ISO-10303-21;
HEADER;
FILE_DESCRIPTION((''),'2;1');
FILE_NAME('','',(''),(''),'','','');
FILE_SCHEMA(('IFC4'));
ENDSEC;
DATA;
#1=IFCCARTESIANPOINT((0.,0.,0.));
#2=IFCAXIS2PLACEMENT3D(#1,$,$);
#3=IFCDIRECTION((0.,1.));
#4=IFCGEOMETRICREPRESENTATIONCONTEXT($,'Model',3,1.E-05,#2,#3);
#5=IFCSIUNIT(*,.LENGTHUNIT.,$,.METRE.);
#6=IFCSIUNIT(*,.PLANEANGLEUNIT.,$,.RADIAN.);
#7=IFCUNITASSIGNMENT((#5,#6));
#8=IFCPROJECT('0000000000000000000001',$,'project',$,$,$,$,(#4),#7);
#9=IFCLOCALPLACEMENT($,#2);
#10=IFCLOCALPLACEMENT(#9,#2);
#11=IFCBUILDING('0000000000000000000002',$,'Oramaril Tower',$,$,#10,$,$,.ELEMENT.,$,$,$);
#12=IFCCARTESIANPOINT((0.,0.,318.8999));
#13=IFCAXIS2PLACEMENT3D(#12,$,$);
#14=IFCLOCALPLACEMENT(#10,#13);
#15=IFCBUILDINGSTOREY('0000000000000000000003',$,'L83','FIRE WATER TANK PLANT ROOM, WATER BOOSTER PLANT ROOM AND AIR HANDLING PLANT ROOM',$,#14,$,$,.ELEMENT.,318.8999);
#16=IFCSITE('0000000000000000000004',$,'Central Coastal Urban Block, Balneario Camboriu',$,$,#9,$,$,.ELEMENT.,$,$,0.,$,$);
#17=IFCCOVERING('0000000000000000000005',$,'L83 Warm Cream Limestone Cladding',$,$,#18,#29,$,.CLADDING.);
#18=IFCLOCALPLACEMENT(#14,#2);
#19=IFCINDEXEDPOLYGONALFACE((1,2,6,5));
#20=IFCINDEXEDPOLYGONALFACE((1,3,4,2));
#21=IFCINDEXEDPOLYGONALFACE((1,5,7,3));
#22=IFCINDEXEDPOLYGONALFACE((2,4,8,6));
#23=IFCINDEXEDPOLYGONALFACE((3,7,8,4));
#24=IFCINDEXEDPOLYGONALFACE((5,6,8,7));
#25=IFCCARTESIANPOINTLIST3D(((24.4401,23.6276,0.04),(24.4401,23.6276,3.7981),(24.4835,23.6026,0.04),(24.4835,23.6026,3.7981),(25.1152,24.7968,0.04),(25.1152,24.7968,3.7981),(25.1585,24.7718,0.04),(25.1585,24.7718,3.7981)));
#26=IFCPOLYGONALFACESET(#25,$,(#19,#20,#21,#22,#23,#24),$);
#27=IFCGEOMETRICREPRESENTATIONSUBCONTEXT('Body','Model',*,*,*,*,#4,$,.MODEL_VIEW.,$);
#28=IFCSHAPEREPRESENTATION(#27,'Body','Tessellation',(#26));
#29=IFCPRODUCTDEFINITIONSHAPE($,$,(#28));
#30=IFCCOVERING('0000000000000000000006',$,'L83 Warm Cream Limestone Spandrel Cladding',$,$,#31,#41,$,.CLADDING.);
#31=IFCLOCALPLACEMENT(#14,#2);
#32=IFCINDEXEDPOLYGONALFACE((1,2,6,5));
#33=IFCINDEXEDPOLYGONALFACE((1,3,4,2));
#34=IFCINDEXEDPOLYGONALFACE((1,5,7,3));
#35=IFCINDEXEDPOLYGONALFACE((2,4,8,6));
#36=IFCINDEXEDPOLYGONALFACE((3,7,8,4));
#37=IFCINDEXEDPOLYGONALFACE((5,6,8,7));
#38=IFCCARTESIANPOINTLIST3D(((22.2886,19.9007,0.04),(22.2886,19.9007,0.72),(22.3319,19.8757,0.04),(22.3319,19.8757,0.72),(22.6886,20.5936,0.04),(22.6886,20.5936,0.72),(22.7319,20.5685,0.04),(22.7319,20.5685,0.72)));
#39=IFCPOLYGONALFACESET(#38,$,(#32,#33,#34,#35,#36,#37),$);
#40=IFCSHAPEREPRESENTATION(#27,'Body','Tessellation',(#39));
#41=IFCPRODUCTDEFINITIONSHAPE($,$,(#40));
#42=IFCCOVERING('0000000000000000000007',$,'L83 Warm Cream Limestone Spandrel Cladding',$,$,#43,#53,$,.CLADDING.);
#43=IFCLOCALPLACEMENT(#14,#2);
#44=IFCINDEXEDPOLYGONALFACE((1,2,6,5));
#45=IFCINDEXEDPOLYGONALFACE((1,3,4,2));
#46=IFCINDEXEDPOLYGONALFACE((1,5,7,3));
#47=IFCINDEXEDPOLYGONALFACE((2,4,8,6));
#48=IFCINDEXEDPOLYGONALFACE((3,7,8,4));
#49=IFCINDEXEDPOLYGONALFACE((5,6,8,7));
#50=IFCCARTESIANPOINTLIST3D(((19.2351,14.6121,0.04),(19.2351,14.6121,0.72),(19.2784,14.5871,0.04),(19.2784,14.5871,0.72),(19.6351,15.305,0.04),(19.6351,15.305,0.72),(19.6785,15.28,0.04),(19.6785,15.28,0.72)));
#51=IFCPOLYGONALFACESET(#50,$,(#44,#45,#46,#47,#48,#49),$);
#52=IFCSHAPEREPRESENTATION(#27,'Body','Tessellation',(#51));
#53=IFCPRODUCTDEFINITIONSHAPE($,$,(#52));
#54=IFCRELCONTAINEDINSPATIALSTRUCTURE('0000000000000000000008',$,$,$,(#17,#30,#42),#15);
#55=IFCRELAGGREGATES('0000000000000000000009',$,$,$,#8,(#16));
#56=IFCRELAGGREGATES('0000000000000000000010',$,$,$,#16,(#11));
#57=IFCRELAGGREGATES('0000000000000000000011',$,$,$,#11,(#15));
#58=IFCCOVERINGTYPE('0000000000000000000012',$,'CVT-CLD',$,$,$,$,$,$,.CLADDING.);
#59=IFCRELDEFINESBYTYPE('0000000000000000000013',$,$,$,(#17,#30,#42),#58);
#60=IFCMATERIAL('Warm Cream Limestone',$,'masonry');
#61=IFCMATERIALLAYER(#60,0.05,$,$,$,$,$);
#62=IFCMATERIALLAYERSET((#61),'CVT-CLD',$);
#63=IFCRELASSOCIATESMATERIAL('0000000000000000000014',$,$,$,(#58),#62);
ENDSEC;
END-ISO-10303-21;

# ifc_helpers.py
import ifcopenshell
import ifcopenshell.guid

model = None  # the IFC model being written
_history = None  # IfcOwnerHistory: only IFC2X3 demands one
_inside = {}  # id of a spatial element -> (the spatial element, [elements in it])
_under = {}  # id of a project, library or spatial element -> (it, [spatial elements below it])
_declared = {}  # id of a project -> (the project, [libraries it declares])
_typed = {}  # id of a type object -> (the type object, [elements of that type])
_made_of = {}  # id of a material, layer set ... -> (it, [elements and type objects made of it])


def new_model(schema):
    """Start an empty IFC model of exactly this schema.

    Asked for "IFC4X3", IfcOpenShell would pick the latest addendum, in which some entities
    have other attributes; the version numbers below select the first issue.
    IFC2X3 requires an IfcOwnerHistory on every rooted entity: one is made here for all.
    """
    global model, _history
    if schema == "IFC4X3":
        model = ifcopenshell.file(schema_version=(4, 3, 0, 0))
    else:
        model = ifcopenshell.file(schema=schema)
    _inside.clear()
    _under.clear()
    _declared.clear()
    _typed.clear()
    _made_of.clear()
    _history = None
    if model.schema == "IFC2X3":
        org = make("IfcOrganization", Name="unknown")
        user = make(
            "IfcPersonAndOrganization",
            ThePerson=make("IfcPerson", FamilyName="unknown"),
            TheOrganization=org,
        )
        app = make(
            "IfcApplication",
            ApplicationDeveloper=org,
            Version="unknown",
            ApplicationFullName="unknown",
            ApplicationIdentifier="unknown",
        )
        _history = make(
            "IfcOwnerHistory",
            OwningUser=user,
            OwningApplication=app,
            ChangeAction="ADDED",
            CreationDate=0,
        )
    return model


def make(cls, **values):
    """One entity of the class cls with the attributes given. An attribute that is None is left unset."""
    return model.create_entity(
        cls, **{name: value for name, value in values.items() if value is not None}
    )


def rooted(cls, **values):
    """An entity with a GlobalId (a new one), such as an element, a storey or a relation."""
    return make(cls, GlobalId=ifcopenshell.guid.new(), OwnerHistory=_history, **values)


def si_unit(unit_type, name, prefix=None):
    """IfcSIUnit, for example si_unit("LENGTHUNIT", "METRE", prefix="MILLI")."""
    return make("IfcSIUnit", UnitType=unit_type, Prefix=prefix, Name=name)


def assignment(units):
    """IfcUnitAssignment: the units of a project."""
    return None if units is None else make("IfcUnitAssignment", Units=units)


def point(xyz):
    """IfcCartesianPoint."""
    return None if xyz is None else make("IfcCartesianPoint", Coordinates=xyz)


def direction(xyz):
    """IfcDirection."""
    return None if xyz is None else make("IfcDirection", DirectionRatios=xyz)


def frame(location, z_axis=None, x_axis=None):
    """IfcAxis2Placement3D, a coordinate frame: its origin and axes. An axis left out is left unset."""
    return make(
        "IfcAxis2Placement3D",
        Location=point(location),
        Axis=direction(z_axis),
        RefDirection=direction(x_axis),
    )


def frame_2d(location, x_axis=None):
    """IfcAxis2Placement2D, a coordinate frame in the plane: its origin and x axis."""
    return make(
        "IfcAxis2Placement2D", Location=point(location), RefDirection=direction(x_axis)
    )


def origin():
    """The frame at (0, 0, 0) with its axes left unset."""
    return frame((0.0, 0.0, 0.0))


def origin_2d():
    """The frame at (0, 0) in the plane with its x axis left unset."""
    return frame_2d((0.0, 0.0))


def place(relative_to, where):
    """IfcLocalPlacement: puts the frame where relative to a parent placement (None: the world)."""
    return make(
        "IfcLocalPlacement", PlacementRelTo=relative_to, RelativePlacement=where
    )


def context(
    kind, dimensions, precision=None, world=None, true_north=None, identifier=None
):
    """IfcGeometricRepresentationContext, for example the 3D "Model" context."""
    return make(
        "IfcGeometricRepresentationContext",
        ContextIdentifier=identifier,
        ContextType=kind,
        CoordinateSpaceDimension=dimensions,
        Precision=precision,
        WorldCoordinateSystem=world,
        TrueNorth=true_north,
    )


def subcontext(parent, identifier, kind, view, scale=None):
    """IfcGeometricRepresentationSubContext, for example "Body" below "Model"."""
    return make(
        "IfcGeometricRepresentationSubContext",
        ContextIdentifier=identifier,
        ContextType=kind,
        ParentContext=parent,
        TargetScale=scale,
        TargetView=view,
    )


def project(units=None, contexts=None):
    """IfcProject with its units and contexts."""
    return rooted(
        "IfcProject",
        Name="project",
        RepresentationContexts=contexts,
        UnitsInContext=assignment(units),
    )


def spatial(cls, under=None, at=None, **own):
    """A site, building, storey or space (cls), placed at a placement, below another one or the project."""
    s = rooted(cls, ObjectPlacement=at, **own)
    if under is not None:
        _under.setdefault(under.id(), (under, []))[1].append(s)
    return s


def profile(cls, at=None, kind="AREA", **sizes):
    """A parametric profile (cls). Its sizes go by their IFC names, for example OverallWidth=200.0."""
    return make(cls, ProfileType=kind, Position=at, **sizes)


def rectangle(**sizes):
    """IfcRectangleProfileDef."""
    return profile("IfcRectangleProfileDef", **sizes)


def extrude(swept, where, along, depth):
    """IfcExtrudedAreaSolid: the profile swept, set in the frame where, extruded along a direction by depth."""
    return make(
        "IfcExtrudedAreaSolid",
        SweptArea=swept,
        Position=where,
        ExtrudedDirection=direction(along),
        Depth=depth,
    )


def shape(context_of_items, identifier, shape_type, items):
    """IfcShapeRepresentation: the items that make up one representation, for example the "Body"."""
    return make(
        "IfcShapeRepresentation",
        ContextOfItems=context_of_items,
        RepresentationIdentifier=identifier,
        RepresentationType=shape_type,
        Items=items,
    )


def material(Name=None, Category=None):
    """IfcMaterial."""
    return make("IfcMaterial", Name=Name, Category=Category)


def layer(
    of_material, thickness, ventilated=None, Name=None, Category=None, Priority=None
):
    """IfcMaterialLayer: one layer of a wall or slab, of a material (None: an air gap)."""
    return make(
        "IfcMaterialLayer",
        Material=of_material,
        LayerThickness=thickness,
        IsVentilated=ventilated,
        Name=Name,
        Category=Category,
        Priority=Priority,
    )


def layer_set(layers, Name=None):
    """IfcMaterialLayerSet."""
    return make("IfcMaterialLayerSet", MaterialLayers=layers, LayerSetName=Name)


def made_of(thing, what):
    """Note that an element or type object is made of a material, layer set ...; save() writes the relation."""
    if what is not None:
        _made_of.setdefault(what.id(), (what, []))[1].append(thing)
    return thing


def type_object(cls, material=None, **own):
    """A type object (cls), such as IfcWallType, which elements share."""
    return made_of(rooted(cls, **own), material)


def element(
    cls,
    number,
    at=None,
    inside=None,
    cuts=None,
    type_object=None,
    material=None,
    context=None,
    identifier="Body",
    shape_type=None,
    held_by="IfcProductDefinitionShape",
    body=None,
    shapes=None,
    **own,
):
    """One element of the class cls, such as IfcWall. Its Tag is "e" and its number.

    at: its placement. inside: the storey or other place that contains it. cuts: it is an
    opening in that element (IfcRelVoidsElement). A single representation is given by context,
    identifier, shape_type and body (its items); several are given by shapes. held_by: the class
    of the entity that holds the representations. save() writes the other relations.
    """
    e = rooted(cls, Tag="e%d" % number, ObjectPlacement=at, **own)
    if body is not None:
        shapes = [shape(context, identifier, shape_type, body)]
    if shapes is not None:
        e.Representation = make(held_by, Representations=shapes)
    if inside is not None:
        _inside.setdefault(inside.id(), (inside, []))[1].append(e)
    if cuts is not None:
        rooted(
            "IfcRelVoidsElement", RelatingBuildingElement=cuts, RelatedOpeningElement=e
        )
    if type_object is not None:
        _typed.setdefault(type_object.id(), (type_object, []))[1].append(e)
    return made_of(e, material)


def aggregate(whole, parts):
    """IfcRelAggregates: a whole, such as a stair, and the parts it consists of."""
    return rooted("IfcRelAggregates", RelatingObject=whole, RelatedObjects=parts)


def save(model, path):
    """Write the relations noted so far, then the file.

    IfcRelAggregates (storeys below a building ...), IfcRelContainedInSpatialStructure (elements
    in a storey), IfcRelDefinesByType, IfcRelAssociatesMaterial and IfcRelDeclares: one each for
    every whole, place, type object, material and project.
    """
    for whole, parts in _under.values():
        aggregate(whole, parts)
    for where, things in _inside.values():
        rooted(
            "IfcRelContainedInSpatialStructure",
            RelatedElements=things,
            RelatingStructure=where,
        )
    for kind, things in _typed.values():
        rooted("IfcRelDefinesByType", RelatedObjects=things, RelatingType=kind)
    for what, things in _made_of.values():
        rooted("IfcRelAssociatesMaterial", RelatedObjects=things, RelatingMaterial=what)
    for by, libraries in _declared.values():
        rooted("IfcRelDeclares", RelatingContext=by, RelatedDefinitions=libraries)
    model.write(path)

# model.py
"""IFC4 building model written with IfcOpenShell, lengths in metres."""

from ifc_helpers import new_model, si_unit, direction, frame, origin, origin_2d, place, context, subcontext, project, spatial, rectangle, extrude, material, layer, layer_set, type_object, element, save


model = new_model("IFC4")

# Units and contexts
model_context = context("Model", 3, precision=1e-05, world=origin(), true_north=direction((0.0, 1.0)))
body_context = subcontext(model_context, "Body", "Model", "MODEL_VIEW")
ifc_project = project(units=[si_unit("LENGTHUNIT", "METRE"), si_unit("PLANEANGLEUNIT", "RADIAN")], contexts=[model_context])

# Site, building, storey
site_placement = place(None, origin())
site = spatial("IfcSite", under=ifc_project, at=site_placement, Name="Central Coastal Urban Block, Balneario Camboriu", CompositionType="ELEMENT", RefElevation=0.0)
building_placement = place(site_placement, origin())
building = spatial("IfcBuilding", under=site, at=building_placement, Name="Oramaril Tower", CompositionType="ELEMENT")
storey_placement = place(building_placement, frame((0.0, 0.0, 318.8999)))
storey = spatial("IfcBuildingStorey", under=building, at=storey_placement, Name="L83", Description="FIRE WATER TANK PLANT ROOM, WATER BOOSTER PLANT ROOM AND AIR HANDLING PLANT ROOM", CompositionType="ELEMENT", Elevation=318.8999)

# Coverings
ifc_material_1 = material(Name="Warm Cream Limestone", Category="masonry")
ifc_layer_1 = layer(ifc_material_1, 0.05)
ifc_layer_set_1 = layer_set([ifc_layer_1], Name="CVT-CLD")
covering_type = type_object("IfcCoveringType", Name="CVT-CLD", PredefinedType="CLADDING", material=ifc_layer_set_1)
covering_placement = place(storey_placement, frame((24.7993, 24.1997, 0.04), z_axis=(0.0, 0.0, 1.0), x_axis=(-0.5, -0.866025, 0.0)))
element("IfcCovering", 1, at=covering_placement, inside=storey, type_object=covering_type, Name="L83 Warm Cream Limestone Cladding", PredefinedType="CLADDING", context=body_context, shape_type="SweptSolid", body=[
    extrude(rectangle(XDim=1.3501, YDim=0.05, at=origin_2d()), origin(), (0.0, 0.0, 1.0), 3.7581),
])
for number, where, z_axis, x_axis, name in (
    (2, (22.5103, 20.2346, 0.04), (0.0, 0.0, 1.0), (-0.5, -0.866025, 0.0), "L83 Warm Cream Limestone Spandrel Cladding"),
    (3, (19.4568, 14.946, 0.04), (0.0, 0.0, 1.0), (-0.5, -0.866025, 0.0), "L83 Warm Cream Limestone Spandrel Cladding"),
):
    element("IfcCovering", number, at=place(storey_placement, frame(where, z_axis=z_axis, x_axis=x_axis)), inside=storey, type_object=covering_type, Name=name, PredefinedType="CLADDING", context=body_context, shape_type="SweptSolid", body=[
        extrude(rectangle(XDim=0.8, YDim=0.05, at=origin_2d()), origin(), (0.0, 0.0, 1.0), 0.6799),
    ])

save(model, "model.ifc")
